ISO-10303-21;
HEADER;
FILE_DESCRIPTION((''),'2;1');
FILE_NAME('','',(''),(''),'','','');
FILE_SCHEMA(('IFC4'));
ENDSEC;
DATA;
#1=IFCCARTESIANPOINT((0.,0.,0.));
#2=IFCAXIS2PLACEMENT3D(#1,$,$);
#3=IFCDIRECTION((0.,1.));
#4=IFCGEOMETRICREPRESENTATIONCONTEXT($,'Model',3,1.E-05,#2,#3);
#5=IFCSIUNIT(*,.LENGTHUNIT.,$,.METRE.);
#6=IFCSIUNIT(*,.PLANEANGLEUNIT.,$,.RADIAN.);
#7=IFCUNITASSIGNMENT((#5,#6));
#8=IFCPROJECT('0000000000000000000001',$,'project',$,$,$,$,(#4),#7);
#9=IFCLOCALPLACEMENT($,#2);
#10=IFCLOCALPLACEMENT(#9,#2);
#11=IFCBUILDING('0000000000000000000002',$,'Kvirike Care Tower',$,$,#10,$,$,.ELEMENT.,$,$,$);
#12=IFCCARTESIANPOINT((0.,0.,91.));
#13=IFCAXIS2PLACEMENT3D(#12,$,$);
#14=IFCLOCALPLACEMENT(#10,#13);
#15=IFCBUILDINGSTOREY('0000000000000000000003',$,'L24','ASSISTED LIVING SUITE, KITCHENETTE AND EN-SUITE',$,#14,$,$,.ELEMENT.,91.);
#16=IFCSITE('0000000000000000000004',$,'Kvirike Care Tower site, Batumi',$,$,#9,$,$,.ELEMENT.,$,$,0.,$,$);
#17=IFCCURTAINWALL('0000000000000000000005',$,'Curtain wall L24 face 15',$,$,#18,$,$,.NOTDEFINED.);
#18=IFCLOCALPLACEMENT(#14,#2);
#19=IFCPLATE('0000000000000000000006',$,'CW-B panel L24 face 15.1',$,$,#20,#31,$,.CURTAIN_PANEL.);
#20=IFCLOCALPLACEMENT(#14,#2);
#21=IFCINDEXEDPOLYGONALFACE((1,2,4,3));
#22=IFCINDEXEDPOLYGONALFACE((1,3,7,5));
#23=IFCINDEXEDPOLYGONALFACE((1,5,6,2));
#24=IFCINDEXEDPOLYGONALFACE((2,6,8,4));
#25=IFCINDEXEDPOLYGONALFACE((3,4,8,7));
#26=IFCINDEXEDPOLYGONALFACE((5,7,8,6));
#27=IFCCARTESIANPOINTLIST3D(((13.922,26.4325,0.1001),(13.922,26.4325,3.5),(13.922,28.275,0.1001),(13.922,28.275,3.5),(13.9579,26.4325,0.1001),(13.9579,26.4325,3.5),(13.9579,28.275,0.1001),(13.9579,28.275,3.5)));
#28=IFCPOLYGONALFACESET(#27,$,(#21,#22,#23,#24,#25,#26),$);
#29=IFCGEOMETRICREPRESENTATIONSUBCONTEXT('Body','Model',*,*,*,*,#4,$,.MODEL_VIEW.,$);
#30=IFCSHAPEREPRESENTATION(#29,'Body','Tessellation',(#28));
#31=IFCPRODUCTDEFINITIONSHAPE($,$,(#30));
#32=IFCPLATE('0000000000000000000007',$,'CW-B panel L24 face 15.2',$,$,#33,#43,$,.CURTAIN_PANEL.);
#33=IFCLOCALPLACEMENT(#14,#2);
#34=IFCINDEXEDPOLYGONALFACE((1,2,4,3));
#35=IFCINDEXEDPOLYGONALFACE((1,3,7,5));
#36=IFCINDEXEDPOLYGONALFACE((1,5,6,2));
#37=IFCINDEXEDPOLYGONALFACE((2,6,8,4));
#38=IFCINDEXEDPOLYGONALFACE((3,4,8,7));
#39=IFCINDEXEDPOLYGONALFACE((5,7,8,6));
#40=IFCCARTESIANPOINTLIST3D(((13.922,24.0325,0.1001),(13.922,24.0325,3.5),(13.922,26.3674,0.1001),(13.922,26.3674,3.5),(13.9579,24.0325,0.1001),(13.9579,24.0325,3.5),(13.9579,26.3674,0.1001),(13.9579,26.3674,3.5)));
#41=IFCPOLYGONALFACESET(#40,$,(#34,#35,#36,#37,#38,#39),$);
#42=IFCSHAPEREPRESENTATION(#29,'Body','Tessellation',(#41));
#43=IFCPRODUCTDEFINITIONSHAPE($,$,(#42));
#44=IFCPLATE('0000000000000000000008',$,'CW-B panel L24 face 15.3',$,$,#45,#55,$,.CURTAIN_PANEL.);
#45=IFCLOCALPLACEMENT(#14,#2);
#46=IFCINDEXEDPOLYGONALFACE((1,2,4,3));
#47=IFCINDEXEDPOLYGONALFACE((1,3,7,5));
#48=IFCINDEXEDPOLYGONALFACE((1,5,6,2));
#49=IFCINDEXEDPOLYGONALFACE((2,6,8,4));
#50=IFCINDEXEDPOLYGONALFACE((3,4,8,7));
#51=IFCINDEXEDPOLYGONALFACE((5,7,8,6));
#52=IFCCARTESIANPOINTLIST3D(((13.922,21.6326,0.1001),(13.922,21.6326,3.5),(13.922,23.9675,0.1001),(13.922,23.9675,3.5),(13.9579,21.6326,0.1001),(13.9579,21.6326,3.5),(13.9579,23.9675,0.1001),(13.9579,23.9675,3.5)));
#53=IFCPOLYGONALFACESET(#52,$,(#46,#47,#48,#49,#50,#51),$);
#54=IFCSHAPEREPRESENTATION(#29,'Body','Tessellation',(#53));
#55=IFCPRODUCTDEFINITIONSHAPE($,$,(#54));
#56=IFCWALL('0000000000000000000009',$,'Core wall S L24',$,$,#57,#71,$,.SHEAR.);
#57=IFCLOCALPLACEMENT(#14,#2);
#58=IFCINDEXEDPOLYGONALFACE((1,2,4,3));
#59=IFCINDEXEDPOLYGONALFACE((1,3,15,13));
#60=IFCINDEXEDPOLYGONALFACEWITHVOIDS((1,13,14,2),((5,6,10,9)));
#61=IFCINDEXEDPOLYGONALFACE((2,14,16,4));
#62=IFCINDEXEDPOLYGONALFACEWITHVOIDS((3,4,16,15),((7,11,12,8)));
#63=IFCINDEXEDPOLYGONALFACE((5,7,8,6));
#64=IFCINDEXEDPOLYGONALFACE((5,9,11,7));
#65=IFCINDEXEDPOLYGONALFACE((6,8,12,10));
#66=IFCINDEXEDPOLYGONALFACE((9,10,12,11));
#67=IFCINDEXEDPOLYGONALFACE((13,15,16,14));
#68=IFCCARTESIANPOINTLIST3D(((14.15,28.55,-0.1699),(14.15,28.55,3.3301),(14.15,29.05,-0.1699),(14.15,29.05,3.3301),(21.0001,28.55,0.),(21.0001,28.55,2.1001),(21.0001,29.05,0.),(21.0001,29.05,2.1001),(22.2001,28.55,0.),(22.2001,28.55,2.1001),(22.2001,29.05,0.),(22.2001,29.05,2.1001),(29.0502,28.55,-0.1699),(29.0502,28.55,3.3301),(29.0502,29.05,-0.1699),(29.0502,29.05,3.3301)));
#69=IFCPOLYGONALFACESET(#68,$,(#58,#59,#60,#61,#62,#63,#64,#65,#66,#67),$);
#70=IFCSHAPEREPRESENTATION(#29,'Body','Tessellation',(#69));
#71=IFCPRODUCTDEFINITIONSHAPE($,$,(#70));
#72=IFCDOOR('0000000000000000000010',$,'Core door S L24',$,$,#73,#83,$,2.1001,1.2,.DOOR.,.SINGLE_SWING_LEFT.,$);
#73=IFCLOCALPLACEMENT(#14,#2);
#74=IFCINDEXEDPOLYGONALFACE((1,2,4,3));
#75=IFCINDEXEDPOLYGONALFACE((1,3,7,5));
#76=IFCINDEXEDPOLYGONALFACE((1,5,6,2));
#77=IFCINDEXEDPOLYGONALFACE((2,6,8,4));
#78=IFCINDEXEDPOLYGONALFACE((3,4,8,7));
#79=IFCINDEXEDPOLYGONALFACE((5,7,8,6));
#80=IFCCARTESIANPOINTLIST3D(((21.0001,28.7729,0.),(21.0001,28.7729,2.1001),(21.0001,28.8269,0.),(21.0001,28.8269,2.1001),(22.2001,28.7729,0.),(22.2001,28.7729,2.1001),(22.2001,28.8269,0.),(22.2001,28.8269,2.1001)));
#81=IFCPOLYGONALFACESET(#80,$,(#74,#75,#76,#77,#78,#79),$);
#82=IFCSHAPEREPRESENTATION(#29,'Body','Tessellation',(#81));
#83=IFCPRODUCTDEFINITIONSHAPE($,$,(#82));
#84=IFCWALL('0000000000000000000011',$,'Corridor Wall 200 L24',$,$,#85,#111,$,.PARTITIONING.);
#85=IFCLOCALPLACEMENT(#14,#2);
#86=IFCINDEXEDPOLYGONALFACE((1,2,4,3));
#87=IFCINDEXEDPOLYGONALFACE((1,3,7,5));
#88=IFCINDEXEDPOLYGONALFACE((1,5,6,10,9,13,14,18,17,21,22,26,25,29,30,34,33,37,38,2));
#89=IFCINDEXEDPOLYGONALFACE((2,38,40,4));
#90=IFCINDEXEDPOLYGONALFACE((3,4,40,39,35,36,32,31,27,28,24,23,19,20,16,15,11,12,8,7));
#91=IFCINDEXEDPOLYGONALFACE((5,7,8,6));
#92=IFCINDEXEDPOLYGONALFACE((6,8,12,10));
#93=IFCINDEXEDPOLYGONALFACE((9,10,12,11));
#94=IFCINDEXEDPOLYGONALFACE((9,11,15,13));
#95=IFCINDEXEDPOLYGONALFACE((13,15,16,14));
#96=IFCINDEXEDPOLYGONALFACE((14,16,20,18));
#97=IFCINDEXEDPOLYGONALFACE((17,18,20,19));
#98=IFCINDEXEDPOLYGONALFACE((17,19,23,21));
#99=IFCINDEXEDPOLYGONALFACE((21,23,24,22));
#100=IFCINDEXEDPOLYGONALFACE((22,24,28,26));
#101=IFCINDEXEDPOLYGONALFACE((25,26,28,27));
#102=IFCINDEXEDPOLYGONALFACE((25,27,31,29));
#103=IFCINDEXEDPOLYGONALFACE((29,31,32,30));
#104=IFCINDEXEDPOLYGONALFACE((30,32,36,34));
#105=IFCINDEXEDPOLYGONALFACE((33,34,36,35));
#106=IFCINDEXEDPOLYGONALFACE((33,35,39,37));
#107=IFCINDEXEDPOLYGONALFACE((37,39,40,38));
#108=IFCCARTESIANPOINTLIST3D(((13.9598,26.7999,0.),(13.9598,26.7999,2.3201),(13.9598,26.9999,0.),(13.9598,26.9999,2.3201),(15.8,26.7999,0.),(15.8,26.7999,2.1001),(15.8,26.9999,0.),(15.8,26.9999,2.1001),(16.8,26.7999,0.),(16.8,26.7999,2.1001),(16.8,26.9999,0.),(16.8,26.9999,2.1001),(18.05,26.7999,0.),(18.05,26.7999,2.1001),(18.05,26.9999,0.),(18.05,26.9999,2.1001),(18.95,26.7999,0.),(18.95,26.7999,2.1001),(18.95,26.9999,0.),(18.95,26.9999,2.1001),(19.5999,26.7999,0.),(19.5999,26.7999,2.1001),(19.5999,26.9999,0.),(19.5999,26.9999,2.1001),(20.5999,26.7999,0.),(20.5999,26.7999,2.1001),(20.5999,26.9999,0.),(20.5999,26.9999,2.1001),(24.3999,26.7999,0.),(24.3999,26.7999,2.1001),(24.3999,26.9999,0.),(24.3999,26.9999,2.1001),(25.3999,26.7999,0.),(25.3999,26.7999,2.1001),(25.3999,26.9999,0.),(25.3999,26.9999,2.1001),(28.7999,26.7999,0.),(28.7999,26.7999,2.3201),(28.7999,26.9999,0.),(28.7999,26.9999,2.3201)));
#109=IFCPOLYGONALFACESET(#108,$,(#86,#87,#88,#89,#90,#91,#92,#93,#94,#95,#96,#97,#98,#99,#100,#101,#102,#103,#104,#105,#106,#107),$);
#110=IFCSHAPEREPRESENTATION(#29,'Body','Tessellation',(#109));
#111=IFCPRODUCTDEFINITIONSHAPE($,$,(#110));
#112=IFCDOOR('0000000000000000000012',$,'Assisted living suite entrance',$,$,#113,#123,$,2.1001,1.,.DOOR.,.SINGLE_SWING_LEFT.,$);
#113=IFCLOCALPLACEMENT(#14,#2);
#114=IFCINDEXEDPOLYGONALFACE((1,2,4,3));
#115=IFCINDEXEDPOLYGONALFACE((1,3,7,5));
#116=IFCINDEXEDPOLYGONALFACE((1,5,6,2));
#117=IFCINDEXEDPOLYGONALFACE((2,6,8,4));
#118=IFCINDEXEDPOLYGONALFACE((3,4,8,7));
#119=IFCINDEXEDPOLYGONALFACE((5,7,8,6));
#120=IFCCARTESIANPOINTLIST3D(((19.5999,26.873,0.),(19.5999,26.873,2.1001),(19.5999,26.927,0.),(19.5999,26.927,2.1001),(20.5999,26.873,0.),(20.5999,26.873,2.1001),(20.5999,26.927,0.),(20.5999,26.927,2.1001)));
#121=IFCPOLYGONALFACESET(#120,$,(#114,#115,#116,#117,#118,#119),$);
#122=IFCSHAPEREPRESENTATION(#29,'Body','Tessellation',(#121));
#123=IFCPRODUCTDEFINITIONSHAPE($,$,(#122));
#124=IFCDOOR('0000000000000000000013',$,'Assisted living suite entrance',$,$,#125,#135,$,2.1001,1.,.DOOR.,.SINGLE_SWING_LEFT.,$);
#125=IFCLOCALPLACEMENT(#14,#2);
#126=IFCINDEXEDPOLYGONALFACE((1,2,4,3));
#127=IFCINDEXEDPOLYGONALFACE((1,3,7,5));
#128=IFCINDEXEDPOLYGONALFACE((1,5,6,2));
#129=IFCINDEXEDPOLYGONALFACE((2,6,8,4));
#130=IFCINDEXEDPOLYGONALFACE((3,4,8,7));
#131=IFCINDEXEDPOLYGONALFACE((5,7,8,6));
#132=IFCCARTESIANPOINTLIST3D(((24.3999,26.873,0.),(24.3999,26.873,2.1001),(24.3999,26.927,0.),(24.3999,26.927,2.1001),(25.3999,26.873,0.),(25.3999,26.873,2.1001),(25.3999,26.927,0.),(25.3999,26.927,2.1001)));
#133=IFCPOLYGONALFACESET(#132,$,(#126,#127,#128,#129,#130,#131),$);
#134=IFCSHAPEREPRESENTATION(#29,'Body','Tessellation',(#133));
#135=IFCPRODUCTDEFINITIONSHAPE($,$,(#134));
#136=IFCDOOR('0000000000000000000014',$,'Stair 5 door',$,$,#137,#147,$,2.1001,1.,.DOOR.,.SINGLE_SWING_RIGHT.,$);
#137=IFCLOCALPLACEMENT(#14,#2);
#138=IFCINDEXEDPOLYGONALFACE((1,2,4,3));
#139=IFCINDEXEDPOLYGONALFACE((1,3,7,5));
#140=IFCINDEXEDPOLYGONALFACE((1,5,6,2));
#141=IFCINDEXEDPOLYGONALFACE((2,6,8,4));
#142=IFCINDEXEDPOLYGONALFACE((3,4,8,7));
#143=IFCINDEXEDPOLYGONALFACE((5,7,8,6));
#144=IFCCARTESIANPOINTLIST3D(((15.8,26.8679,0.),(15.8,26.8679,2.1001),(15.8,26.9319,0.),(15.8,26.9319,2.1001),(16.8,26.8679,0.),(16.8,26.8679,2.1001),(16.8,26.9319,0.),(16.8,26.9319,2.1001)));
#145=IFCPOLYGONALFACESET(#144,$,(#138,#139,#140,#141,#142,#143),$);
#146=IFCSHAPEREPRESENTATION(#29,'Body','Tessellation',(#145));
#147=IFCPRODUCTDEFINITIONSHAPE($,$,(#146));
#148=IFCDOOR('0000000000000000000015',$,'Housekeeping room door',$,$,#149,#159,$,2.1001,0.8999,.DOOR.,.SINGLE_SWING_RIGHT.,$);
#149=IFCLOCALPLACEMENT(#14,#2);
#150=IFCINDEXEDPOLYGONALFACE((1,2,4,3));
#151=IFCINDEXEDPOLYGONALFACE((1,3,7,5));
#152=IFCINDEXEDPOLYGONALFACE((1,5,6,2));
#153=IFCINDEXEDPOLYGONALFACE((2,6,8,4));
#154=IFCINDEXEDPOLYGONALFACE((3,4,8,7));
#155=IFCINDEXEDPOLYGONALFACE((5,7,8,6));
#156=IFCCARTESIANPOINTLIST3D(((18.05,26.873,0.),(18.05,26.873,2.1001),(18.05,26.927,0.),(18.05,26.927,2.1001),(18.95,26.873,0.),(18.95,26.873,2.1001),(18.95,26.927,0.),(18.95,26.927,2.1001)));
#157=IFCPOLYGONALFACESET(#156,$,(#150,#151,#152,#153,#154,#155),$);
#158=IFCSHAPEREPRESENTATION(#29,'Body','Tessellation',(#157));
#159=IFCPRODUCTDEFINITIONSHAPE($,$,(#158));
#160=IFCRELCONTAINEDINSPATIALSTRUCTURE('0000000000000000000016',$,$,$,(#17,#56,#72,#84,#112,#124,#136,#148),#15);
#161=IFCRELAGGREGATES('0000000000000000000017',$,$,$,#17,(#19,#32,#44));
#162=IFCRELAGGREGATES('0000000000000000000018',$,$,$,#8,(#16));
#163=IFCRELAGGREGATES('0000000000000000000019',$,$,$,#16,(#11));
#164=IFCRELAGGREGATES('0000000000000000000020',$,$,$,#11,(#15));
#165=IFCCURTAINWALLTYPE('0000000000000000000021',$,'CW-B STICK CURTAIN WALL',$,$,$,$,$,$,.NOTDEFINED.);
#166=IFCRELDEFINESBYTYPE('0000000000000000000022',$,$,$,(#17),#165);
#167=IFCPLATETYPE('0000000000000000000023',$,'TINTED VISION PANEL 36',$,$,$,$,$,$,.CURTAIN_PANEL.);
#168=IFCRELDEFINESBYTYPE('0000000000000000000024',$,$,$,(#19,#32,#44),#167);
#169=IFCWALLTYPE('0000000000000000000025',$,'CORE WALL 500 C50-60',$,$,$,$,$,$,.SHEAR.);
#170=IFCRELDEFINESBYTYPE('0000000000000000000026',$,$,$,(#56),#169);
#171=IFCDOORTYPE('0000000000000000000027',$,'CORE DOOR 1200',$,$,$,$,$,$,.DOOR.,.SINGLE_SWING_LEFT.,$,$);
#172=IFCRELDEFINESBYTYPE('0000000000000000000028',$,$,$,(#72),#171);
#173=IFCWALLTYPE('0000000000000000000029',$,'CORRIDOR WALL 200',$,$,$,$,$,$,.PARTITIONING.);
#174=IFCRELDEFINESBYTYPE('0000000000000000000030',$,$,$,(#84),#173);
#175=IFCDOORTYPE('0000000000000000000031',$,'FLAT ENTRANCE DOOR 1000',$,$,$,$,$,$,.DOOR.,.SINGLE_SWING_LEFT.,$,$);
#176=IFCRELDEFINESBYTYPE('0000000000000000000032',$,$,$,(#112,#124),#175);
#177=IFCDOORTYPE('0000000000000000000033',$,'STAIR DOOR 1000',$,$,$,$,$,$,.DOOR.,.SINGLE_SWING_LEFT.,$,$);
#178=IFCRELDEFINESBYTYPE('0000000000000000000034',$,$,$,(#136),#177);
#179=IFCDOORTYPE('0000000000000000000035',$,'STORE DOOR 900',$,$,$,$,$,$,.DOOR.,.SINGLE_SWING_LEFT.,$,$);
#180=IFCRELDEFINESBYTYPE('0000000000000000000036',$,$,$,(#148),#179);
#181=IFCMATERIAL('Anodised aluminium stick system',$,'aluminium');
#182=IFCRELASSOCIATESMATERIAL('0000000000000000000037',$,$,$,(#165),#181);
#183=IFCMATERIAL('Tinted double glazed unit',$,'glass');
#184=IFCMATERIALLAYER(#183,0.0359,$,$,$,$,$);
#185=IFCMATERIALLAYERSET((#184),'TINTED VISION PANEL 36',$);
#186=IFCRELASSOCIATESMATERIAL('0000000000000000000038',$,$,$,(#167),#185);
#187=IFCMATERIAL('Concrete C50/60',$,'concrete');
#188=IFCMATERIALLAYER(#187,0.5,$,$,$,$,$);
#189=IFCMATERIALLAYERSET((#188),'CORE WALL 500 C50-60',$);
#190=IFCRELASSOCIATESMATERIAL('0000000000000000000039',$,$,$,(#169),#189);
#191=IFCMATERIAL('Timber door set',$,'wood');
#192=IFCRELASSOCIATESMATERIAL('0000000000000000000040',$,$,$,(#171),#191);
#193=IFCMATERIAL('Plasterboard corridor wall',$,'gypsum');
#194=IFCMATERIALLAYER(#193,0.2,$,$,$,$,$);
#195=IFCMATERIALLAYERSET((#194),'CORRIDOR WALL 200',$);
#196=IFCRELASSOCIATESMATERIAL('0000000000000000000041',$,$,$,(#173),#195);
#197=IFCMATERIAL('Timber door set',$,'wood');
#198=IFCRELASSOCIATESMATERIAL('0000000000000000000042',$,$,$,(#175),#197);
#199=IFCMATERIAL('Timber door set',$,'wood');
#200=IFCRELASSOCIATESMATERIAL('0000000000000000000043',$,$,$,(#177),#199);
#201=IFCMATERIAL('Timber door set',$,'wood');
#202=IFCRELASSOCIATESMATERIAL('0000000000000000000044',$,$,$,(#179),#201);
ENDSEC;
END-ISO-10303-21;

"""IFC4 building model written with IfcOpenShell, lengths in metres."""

from ifc_helpers import new_model, si_unit, direction, frame, frame_2d, origin, origin_2d, place, context, subcontext, project, spatial, rectangle, extrude, material, layer, layer_set, type_object, element, fill, aggregate, save


model = new_model("IFC4")

# Units and contexts
model_context = context("Model", 3, precision=1e-05, world=origin(), true_north=direction((0.0, 1.0)))
body_context = subcontext(model_context, "Body", "Model", "MODEL_VIEW")
ifc_project = project(units=[si_unit("LENGTHUNIT", "METRE"), si_unit("PLANEANGLEUNIT", "RADIAN")], contexts=[model_context])

# Site, building, storey
site_placement = place(None, origin())
site = spatial("IfcSite", under=ifc_project, at=site_placement, Name="Kvirike Care Tower site, Batumi", CompositionType="ELEMENT", RefElevation=0.0)
building_placement = place(site_placement, origin())
building = spatial("IfcBuilding", under=site, at=building_placement, Name="Kvirike Care Tower", CompositionType="ELEMENT")
storey_placement = place(building_placement, frame((0.0, 0.0, 91.0)))
storey = spatial("IfcBuildingStorey", under=building, at=storey_placement, Name="L24", Description="ASSISTED LIVING SUITE, KITCHENETTE AND EN-SUITE", CompositionType="ELEMENT", Elevation=91.0)

# Curtain wall
ifc_material_1 = material(Name="Anodised aluminium stick system", Category="aluminium")
curtain_wall_type = type_object("IfcCurtainWallType", Name="CW-B STICK CURTAIN WALL", PredefinedType="NOTDEFINED", material=ifc_material_1)
curtain_wall_1_placement = place(storey_placement, origin())
curtain_wall_1 = element("IfcCurtainWall", 1, at=curtain_wall_1_placement, inside=storey, type_object=curtain_wall_type, Name="Curtain wall L24 face 15", PredefinedType="NOTDEFINED")

# Plates
ifc_material_2 = material(Name="Tinted double glazed unit", Category="glass")
ifc_layer_1 = layer(ifc_material_2, 0.0359)
ifc_layer_set_1 = layer_set([ifc_layer_1], Name="TINTED VISION PANEL 36")
plate_type = type_object("IfcPlateType", Name="TINTED VISION PANEL 36", PredefinedType="CURTAIN_PANEL", material=ifc_layer_set_1)
plate_1_placement = place(storey_placement, frame((13.9399, 27.3538, 0.1001), z_axis=(0.0, 0.0, 1.0), x_axis=(0.0, -1.0, 0.0)))
plate_1 = element("IfcPlate", 2, at=plate_1_placement, type_object=plate_type, Name="CW-B panel L24 face 15.1", PredefinedType="CURTAIN_PANEL", context=body_context, shape_type="SweptSolid", body=[
    extrude(rectangle(XDim=1.8425, YDim=0.0359, at=origin_2d()), origin(), (0.0, 0.0, 1.0), 3.3999),
])
plate_2_placement = place(storey_placement, frame((13.9399, 25.2, 0.1001), z_axis=(0.0, 0.0, 1.0), x_axis=(0.0, -1.0, 0.0)))
plate_2 = element("IfcPlate", 3, at=plate_2_placement, type_object=plate_type, Name="CW-B panel L24 face 15.2", PredefinedType="CURTAIN_PANEL", context=body_context, shape_type="SweptSolid", body=[
    extrude(rectangle(XDim=2.335, YDim=0.0359, at=origin_2d()), origin(), (0.0, 0.0, 1.0), 3.3999),
])
plate_3_placement = place(storey_placement, frame((13.9399, 22.8, 0.1001), z_axis=(0.0, 0.0, 1.0), x_axis=(0.0, -1.0, 0.0)))
plate_3 = element("IfcPlate", 4, at=plate_3_placement, type_object=plate_type, Name="CW-B panel L24 face 15.3", PredefinedType="CURTAIN_PANEL", context=body_context, shape_type="SweptSolid", body=[
    extrude(rectangle(XDim=2.335, YDim=0.0359, at=origin_2d()), origin(), (0.0, 0.0, 1.0), 3.3999),
])
aggregate(curtain_wall_1, [plate_1, plate_2, plate_3])

# Wall, opening, door
ifc_material_3 = material(Name="Concrete C50/60", Category="concrete")
ifc_layer_2 = layer(ifc_material_3, 0.5)
ifc_layer_set_2 = layer_set([ifc_layer_2], Name="CORE WALL 500 C50-60")
wall_type_1 = type_object("IfcWallType", Name="CORE WALL 500 C50-60", PredefinedType="SHEAR", material=ifc_layer_set_2)
wall_1_placement = place(storey_placement, frame((14.1499, 28.8, -0.1699), z_axis=(0.0, 0.0, 1.0), x_axis=(1.0, 0.0, 0.0)))
wall_1 = element("IfcWall", 5, at=wall_1_placement, inside=storey, type_object=wall_type_1, Name="Core wall S L24", PredefinedType="SHEAR", context=body_context, shape_type="SweptSolid", body=[
    extrude(rectangle(XDim=14.9001, YDim=0.5, at=frame_2d((7.4502, 0.0))), origin(), (0.0, 0.0, 1.0), 3.5),
])
opening_1_placement = place(wall_1_placement, frame((6.8501, 0.0, 0.1699)))
opening_1 = element("IfcOpeningElement", 6, at=opening_1_placement, cuts=wall_1, PredefinedType="OPENING", context=body_context, shape_type="SweptSolid", body=[
    extrude(rectangle(XDim=1.2, YDim=2.1001, at=frame_2d((0.6001, 1.05))), frame((0.0, 0.2605, 0.0), z_axis=(0.0, -1.0, 0.0), x_axis=(1.0, 0.0, 0.0)), (0.0, 0.0, 1.0), 0.521),
])
ifc_material_4 = material(Name="Timber door set", Category="wood")
door_type_1 = type_object("IfcDoorType", Name="CORE DOOR 1200", OperationType="SINGLE_SWING_LEFT", PredefinedType="DOOR", material=ifc_material_4)
door_1_placement = place(opening_1_placement, origin())
door_1 = element("IfcDoor", 7, at=door_1_placement, inside=storey, type_object=door_type_1, Name="Core door S L24", OperationType="SINGLE_SWING_LEFT", OverallHeight=2.1001, OverallWidth=1.2, PredefinedType="DOOR", context=body_context, shape_type="SweptSolid", body=[
    extrude(rectangle(XDim=1.2, YDim=2.1001, at=frame_2d((0.6001, 1.05))), frame((0.0, 0.0269, 0.0), z_axis=(0.0, -1.0, 0.0), x_axis=(1.0, 0.0, 0.0)), (0.0, 0.0, 1.0), 0.054),
])
fill(opening_1, door_1)

# Wall, openings, doors
ifc_material_5 = material(Name="Plasterboard corridor wall", Category="gypsum")
ifc_layer_3 = layer(ifc_material_5, 0.2)
ifc_layer_set_3 = layer_set([ifc_layer_3], Name="CORRIDOR WALL 200")
wall_type_2 = type_object("IfcWallType", Name="CORRIDOR WALL 200", PredefinedType="PARTITIONING", material=ifc_layer_set_3)
wall_2_placement = place(storey_placement, frame((13.96, 26.8999, 0.0), z_axis=(0.0, 0.0, 1.0), x_axis=(1.0, 0.0, 0.0)))
wall_2 = element("IfcWall", 8, at=wall_2_placement, inside=storey, type_object=wall_type_2, Name="Corridor Wall 200 L24", PredefinedType="PARTITIONING", context=body_context, shape_type="SweptSolid", body=[
    extrude(rectangle(XDim=14.8401, YDim=0.2, at=frame_2d((7.4199, 0.0))), origin(), (0.0, 0.0, 1.0), 2.3201),
])
opening_2_placement = place(wall_2_placement, frame((1.8401, 0.0, 0.0)))
opening_2 = element("IfcOpeningElement", 9, at=opening_2_placement, cuts=wall_2, PredefinedType="OPENING", context=body_context, shape_type="SweptSolid", body=[
    extrude(rectangle(XDim=1.0, YDim=2.1001, at=frame_2d((0.5, 1.05))), frame((0.0, 0.1106, 0.0), z_axis=(0.0, -1.0, 0.0), x_axis=(1.0, 0.0, 0.0)), (0.0, 0.0, 1.0), 0.2209),
])
opening_3_placement = place(wall_2_placement, frame((4.0901, 0.0, 0.0)))
opening_3 = element("IfcOpeningElement", 10, at=opening_3_placement, cuts=wall_2, PredefinedType="OPENING", context=body_context, shape_type="SweptSolid", body=[
    extrude(rectangle(XDim=0.8999, YDim=2.1001, at=frame_2d((0.45, 1.05))), frame((0.0, 0.1106, 0.0), z_axis=(0.0, -1.0, 0.0), x_axis=(1.0, 0.0, 0.0)), (0.0, 0.0, 1.0), 0.2209),
])
opening_4_placement = place(wall_2_placement, frame((5.6399, 0.0, 0.0)))
opening_4 = element("IfcOpeningElement", 11, at=opening_4_placement, cuts=wall_2, PredefinedType="OPENING", context=body_context, shape_type="SweptSolid", body=[
    extrude(rectangle(XDim=1.0, YDim=2.1001, at=frame_2d((0.5, 1.05))), frame((0.0, 0.1106, 0.0), z_axis=(0.0, -1.0, 0.0), x_axis=(1.0, 0.0, 0.0)), (0.0, 0.0, 1.0), 0.2209),
])
opening_5_placement = place(wall_2_placement, frame((10.4399, 0.0, 0.0)))
opening_5 = element("IfcOpeningElement", 12, at=opening_5_placement, cuts=wall_2, PredefinedType="OPENING", context=body_context, shape_type="SweptSolid", body=[
    extrude(rectangle(XDim=1.0, YDim=2.1001, at=frame_2d((0.5, 1.05))), frame((0.0, 0.1106, 0.0), z_axis=(0.0, -1.0, 0.0), x_axis=(1.0, 0.0, 0.0)), (0.0, 0.0, 1.0), 0.2209),
])
ifc_material_6 = material(Name="Timber door set", Category="wood")
door_type_2 = type_object("IfcDoorType", Name="FLAT ENTRANCE DOOR 1000", OperationType="SINGLE_SWING_LEFT", PredefinedType="DOOR", material=ifc_material_6)
door_2_placement = place(opening_4_placement, frame((1.0, 0.0, 0.0), z_axis=(0.0, 0.0, 1.0), x_axis=(-1.0, 0.0, 0.0)))
door_2 = element("IfcDoor", 13, at=door_2_placement, inside=storey, type_object=door_type_2, Name="Assisted living suite entrance", OperationType="SINGLE_SWING_LEFT", OverallHeight=2.1001, OverallWidth=1.0, PredefinedType="DOOR", context=body_context, shape_type="SweptSolid", body=[
    extrude(rectangle(XDim=1.0, YDim=2.1001, at=frame_2d((0.5, 1.05))), frame((0.0, 0.0269, 0.0), z_axis=(0.0, -1.0, 0.0), x_axis=(1.0, 0.0, 0.0)), (0.0, 0.0, 1.0), 0.054),
])
fill(opening_4, door_2)
door_3_placement = place(opening_5_placement, frame((1.0, 0.0, 0.0), z_axis=(0.0, 0.0, 1.0), x_axis=(-1.0, 0.0, 0.0)))
door_3 = element("IfcDoor", 14, at=door_3_placement, inside=storey, type_object=door_type_2, Name="Assisted living suite entrance", OperationType="SINGLE_SWING_LEFT", OverallHeight=2.1001, OverallWidth=1.0, PredefinedType="DOOR", context=body_context, shape_type="SweptSolid", body=[
    extrude(rectangle(XDim=1.0, YDim=2.1001, at=frame_2d((0.5, 1.05))), frame((0.0, 0.0269, 0.0), z_axis=(0.0, -1.0, 0.0), x_axis=(1.0, 0.0, 0.0)), (0.0, 0.0, 1.0), 0.054),
])
fill(opening_5, door_3)
ifc_material_7 = material(Name="Timber door set", Category="wood")
door_type_3 = type_object("IfcDoorType", Name="STAIR DOOR 1000", OperationType="SINGLE_SWING_LEFT", PredefinedType="DOOR", material=ifc_material_7)
door_4_placement = place(opening_2_placement, frame((1.0, 0.0, 0.0), z_axis=(0.0, 0.0, 1.0), x_axis=(-1.0, 0.0, 0.0)))
door_4 = element("IfcDoor", 15, at=door_4_placement, inside=storey, type_object=door_type_3, Name="Stair 5 door", OperationType="SINGLE_SWING_RIGHT", OverallHeight=2.1001, OverallWidth=1.0, PredefinedType="DOOR", context=body_context, shape_type="SweptSolid", body=[
    extrude(rectangle(XDim=1.0, YDim=2.1001, at=frame_2d((0.5, 1.05))), frame((0.0, 0.032, 0.0), z_axis=(0.0, -1.0, 0.0), x_axis=(1.0, 0.0, 0.0)), (0.0, 0.0, 1.0), 0.064),
])
fill(opening_2, door_4)
ifc_material_8 = material(Name="Timber door set", Category="wood")
door_type_4 = type_object("IfcDoorType", Name="STORE DOOR 900", OperationType="SINGLE_SWING_LEFT", PredefinedType="DOOR", material=ifc_material_8)
door_5_placement = place(opening_3_placement, frame((0.8999, 0.0, 0.0), z_axis=(0.0, 0.0, 1.0), x_axis=(-1.0, 0.0, 0.0)))
door_5 = element("IfcDoor", 16, at=door_5_placement, inside=storey, type_object=door_type_4, Name="Housekeeping room door", OperationType="SINGLE_SWING_RIGHT", OverallHeight=2.1001, OverallWidth=0.8999, PredefinedType="DOOR", context=body_context, shape_type="SweptSolid", body=[
    extrude(rectangle(XDim=0.8999, YDim=2.1001, at=frame_2d((0.45, 1.05))), frame((0.0, 0.0269, 0.0), z_axis=(0.0, -1.0, 0.0), x_axis=(1.0, 0.0, 0.0)), (0.0, 0.0, 1.0), 0.054),
])
fill(opening_3, door_5)

save(model, "model.ifc")
